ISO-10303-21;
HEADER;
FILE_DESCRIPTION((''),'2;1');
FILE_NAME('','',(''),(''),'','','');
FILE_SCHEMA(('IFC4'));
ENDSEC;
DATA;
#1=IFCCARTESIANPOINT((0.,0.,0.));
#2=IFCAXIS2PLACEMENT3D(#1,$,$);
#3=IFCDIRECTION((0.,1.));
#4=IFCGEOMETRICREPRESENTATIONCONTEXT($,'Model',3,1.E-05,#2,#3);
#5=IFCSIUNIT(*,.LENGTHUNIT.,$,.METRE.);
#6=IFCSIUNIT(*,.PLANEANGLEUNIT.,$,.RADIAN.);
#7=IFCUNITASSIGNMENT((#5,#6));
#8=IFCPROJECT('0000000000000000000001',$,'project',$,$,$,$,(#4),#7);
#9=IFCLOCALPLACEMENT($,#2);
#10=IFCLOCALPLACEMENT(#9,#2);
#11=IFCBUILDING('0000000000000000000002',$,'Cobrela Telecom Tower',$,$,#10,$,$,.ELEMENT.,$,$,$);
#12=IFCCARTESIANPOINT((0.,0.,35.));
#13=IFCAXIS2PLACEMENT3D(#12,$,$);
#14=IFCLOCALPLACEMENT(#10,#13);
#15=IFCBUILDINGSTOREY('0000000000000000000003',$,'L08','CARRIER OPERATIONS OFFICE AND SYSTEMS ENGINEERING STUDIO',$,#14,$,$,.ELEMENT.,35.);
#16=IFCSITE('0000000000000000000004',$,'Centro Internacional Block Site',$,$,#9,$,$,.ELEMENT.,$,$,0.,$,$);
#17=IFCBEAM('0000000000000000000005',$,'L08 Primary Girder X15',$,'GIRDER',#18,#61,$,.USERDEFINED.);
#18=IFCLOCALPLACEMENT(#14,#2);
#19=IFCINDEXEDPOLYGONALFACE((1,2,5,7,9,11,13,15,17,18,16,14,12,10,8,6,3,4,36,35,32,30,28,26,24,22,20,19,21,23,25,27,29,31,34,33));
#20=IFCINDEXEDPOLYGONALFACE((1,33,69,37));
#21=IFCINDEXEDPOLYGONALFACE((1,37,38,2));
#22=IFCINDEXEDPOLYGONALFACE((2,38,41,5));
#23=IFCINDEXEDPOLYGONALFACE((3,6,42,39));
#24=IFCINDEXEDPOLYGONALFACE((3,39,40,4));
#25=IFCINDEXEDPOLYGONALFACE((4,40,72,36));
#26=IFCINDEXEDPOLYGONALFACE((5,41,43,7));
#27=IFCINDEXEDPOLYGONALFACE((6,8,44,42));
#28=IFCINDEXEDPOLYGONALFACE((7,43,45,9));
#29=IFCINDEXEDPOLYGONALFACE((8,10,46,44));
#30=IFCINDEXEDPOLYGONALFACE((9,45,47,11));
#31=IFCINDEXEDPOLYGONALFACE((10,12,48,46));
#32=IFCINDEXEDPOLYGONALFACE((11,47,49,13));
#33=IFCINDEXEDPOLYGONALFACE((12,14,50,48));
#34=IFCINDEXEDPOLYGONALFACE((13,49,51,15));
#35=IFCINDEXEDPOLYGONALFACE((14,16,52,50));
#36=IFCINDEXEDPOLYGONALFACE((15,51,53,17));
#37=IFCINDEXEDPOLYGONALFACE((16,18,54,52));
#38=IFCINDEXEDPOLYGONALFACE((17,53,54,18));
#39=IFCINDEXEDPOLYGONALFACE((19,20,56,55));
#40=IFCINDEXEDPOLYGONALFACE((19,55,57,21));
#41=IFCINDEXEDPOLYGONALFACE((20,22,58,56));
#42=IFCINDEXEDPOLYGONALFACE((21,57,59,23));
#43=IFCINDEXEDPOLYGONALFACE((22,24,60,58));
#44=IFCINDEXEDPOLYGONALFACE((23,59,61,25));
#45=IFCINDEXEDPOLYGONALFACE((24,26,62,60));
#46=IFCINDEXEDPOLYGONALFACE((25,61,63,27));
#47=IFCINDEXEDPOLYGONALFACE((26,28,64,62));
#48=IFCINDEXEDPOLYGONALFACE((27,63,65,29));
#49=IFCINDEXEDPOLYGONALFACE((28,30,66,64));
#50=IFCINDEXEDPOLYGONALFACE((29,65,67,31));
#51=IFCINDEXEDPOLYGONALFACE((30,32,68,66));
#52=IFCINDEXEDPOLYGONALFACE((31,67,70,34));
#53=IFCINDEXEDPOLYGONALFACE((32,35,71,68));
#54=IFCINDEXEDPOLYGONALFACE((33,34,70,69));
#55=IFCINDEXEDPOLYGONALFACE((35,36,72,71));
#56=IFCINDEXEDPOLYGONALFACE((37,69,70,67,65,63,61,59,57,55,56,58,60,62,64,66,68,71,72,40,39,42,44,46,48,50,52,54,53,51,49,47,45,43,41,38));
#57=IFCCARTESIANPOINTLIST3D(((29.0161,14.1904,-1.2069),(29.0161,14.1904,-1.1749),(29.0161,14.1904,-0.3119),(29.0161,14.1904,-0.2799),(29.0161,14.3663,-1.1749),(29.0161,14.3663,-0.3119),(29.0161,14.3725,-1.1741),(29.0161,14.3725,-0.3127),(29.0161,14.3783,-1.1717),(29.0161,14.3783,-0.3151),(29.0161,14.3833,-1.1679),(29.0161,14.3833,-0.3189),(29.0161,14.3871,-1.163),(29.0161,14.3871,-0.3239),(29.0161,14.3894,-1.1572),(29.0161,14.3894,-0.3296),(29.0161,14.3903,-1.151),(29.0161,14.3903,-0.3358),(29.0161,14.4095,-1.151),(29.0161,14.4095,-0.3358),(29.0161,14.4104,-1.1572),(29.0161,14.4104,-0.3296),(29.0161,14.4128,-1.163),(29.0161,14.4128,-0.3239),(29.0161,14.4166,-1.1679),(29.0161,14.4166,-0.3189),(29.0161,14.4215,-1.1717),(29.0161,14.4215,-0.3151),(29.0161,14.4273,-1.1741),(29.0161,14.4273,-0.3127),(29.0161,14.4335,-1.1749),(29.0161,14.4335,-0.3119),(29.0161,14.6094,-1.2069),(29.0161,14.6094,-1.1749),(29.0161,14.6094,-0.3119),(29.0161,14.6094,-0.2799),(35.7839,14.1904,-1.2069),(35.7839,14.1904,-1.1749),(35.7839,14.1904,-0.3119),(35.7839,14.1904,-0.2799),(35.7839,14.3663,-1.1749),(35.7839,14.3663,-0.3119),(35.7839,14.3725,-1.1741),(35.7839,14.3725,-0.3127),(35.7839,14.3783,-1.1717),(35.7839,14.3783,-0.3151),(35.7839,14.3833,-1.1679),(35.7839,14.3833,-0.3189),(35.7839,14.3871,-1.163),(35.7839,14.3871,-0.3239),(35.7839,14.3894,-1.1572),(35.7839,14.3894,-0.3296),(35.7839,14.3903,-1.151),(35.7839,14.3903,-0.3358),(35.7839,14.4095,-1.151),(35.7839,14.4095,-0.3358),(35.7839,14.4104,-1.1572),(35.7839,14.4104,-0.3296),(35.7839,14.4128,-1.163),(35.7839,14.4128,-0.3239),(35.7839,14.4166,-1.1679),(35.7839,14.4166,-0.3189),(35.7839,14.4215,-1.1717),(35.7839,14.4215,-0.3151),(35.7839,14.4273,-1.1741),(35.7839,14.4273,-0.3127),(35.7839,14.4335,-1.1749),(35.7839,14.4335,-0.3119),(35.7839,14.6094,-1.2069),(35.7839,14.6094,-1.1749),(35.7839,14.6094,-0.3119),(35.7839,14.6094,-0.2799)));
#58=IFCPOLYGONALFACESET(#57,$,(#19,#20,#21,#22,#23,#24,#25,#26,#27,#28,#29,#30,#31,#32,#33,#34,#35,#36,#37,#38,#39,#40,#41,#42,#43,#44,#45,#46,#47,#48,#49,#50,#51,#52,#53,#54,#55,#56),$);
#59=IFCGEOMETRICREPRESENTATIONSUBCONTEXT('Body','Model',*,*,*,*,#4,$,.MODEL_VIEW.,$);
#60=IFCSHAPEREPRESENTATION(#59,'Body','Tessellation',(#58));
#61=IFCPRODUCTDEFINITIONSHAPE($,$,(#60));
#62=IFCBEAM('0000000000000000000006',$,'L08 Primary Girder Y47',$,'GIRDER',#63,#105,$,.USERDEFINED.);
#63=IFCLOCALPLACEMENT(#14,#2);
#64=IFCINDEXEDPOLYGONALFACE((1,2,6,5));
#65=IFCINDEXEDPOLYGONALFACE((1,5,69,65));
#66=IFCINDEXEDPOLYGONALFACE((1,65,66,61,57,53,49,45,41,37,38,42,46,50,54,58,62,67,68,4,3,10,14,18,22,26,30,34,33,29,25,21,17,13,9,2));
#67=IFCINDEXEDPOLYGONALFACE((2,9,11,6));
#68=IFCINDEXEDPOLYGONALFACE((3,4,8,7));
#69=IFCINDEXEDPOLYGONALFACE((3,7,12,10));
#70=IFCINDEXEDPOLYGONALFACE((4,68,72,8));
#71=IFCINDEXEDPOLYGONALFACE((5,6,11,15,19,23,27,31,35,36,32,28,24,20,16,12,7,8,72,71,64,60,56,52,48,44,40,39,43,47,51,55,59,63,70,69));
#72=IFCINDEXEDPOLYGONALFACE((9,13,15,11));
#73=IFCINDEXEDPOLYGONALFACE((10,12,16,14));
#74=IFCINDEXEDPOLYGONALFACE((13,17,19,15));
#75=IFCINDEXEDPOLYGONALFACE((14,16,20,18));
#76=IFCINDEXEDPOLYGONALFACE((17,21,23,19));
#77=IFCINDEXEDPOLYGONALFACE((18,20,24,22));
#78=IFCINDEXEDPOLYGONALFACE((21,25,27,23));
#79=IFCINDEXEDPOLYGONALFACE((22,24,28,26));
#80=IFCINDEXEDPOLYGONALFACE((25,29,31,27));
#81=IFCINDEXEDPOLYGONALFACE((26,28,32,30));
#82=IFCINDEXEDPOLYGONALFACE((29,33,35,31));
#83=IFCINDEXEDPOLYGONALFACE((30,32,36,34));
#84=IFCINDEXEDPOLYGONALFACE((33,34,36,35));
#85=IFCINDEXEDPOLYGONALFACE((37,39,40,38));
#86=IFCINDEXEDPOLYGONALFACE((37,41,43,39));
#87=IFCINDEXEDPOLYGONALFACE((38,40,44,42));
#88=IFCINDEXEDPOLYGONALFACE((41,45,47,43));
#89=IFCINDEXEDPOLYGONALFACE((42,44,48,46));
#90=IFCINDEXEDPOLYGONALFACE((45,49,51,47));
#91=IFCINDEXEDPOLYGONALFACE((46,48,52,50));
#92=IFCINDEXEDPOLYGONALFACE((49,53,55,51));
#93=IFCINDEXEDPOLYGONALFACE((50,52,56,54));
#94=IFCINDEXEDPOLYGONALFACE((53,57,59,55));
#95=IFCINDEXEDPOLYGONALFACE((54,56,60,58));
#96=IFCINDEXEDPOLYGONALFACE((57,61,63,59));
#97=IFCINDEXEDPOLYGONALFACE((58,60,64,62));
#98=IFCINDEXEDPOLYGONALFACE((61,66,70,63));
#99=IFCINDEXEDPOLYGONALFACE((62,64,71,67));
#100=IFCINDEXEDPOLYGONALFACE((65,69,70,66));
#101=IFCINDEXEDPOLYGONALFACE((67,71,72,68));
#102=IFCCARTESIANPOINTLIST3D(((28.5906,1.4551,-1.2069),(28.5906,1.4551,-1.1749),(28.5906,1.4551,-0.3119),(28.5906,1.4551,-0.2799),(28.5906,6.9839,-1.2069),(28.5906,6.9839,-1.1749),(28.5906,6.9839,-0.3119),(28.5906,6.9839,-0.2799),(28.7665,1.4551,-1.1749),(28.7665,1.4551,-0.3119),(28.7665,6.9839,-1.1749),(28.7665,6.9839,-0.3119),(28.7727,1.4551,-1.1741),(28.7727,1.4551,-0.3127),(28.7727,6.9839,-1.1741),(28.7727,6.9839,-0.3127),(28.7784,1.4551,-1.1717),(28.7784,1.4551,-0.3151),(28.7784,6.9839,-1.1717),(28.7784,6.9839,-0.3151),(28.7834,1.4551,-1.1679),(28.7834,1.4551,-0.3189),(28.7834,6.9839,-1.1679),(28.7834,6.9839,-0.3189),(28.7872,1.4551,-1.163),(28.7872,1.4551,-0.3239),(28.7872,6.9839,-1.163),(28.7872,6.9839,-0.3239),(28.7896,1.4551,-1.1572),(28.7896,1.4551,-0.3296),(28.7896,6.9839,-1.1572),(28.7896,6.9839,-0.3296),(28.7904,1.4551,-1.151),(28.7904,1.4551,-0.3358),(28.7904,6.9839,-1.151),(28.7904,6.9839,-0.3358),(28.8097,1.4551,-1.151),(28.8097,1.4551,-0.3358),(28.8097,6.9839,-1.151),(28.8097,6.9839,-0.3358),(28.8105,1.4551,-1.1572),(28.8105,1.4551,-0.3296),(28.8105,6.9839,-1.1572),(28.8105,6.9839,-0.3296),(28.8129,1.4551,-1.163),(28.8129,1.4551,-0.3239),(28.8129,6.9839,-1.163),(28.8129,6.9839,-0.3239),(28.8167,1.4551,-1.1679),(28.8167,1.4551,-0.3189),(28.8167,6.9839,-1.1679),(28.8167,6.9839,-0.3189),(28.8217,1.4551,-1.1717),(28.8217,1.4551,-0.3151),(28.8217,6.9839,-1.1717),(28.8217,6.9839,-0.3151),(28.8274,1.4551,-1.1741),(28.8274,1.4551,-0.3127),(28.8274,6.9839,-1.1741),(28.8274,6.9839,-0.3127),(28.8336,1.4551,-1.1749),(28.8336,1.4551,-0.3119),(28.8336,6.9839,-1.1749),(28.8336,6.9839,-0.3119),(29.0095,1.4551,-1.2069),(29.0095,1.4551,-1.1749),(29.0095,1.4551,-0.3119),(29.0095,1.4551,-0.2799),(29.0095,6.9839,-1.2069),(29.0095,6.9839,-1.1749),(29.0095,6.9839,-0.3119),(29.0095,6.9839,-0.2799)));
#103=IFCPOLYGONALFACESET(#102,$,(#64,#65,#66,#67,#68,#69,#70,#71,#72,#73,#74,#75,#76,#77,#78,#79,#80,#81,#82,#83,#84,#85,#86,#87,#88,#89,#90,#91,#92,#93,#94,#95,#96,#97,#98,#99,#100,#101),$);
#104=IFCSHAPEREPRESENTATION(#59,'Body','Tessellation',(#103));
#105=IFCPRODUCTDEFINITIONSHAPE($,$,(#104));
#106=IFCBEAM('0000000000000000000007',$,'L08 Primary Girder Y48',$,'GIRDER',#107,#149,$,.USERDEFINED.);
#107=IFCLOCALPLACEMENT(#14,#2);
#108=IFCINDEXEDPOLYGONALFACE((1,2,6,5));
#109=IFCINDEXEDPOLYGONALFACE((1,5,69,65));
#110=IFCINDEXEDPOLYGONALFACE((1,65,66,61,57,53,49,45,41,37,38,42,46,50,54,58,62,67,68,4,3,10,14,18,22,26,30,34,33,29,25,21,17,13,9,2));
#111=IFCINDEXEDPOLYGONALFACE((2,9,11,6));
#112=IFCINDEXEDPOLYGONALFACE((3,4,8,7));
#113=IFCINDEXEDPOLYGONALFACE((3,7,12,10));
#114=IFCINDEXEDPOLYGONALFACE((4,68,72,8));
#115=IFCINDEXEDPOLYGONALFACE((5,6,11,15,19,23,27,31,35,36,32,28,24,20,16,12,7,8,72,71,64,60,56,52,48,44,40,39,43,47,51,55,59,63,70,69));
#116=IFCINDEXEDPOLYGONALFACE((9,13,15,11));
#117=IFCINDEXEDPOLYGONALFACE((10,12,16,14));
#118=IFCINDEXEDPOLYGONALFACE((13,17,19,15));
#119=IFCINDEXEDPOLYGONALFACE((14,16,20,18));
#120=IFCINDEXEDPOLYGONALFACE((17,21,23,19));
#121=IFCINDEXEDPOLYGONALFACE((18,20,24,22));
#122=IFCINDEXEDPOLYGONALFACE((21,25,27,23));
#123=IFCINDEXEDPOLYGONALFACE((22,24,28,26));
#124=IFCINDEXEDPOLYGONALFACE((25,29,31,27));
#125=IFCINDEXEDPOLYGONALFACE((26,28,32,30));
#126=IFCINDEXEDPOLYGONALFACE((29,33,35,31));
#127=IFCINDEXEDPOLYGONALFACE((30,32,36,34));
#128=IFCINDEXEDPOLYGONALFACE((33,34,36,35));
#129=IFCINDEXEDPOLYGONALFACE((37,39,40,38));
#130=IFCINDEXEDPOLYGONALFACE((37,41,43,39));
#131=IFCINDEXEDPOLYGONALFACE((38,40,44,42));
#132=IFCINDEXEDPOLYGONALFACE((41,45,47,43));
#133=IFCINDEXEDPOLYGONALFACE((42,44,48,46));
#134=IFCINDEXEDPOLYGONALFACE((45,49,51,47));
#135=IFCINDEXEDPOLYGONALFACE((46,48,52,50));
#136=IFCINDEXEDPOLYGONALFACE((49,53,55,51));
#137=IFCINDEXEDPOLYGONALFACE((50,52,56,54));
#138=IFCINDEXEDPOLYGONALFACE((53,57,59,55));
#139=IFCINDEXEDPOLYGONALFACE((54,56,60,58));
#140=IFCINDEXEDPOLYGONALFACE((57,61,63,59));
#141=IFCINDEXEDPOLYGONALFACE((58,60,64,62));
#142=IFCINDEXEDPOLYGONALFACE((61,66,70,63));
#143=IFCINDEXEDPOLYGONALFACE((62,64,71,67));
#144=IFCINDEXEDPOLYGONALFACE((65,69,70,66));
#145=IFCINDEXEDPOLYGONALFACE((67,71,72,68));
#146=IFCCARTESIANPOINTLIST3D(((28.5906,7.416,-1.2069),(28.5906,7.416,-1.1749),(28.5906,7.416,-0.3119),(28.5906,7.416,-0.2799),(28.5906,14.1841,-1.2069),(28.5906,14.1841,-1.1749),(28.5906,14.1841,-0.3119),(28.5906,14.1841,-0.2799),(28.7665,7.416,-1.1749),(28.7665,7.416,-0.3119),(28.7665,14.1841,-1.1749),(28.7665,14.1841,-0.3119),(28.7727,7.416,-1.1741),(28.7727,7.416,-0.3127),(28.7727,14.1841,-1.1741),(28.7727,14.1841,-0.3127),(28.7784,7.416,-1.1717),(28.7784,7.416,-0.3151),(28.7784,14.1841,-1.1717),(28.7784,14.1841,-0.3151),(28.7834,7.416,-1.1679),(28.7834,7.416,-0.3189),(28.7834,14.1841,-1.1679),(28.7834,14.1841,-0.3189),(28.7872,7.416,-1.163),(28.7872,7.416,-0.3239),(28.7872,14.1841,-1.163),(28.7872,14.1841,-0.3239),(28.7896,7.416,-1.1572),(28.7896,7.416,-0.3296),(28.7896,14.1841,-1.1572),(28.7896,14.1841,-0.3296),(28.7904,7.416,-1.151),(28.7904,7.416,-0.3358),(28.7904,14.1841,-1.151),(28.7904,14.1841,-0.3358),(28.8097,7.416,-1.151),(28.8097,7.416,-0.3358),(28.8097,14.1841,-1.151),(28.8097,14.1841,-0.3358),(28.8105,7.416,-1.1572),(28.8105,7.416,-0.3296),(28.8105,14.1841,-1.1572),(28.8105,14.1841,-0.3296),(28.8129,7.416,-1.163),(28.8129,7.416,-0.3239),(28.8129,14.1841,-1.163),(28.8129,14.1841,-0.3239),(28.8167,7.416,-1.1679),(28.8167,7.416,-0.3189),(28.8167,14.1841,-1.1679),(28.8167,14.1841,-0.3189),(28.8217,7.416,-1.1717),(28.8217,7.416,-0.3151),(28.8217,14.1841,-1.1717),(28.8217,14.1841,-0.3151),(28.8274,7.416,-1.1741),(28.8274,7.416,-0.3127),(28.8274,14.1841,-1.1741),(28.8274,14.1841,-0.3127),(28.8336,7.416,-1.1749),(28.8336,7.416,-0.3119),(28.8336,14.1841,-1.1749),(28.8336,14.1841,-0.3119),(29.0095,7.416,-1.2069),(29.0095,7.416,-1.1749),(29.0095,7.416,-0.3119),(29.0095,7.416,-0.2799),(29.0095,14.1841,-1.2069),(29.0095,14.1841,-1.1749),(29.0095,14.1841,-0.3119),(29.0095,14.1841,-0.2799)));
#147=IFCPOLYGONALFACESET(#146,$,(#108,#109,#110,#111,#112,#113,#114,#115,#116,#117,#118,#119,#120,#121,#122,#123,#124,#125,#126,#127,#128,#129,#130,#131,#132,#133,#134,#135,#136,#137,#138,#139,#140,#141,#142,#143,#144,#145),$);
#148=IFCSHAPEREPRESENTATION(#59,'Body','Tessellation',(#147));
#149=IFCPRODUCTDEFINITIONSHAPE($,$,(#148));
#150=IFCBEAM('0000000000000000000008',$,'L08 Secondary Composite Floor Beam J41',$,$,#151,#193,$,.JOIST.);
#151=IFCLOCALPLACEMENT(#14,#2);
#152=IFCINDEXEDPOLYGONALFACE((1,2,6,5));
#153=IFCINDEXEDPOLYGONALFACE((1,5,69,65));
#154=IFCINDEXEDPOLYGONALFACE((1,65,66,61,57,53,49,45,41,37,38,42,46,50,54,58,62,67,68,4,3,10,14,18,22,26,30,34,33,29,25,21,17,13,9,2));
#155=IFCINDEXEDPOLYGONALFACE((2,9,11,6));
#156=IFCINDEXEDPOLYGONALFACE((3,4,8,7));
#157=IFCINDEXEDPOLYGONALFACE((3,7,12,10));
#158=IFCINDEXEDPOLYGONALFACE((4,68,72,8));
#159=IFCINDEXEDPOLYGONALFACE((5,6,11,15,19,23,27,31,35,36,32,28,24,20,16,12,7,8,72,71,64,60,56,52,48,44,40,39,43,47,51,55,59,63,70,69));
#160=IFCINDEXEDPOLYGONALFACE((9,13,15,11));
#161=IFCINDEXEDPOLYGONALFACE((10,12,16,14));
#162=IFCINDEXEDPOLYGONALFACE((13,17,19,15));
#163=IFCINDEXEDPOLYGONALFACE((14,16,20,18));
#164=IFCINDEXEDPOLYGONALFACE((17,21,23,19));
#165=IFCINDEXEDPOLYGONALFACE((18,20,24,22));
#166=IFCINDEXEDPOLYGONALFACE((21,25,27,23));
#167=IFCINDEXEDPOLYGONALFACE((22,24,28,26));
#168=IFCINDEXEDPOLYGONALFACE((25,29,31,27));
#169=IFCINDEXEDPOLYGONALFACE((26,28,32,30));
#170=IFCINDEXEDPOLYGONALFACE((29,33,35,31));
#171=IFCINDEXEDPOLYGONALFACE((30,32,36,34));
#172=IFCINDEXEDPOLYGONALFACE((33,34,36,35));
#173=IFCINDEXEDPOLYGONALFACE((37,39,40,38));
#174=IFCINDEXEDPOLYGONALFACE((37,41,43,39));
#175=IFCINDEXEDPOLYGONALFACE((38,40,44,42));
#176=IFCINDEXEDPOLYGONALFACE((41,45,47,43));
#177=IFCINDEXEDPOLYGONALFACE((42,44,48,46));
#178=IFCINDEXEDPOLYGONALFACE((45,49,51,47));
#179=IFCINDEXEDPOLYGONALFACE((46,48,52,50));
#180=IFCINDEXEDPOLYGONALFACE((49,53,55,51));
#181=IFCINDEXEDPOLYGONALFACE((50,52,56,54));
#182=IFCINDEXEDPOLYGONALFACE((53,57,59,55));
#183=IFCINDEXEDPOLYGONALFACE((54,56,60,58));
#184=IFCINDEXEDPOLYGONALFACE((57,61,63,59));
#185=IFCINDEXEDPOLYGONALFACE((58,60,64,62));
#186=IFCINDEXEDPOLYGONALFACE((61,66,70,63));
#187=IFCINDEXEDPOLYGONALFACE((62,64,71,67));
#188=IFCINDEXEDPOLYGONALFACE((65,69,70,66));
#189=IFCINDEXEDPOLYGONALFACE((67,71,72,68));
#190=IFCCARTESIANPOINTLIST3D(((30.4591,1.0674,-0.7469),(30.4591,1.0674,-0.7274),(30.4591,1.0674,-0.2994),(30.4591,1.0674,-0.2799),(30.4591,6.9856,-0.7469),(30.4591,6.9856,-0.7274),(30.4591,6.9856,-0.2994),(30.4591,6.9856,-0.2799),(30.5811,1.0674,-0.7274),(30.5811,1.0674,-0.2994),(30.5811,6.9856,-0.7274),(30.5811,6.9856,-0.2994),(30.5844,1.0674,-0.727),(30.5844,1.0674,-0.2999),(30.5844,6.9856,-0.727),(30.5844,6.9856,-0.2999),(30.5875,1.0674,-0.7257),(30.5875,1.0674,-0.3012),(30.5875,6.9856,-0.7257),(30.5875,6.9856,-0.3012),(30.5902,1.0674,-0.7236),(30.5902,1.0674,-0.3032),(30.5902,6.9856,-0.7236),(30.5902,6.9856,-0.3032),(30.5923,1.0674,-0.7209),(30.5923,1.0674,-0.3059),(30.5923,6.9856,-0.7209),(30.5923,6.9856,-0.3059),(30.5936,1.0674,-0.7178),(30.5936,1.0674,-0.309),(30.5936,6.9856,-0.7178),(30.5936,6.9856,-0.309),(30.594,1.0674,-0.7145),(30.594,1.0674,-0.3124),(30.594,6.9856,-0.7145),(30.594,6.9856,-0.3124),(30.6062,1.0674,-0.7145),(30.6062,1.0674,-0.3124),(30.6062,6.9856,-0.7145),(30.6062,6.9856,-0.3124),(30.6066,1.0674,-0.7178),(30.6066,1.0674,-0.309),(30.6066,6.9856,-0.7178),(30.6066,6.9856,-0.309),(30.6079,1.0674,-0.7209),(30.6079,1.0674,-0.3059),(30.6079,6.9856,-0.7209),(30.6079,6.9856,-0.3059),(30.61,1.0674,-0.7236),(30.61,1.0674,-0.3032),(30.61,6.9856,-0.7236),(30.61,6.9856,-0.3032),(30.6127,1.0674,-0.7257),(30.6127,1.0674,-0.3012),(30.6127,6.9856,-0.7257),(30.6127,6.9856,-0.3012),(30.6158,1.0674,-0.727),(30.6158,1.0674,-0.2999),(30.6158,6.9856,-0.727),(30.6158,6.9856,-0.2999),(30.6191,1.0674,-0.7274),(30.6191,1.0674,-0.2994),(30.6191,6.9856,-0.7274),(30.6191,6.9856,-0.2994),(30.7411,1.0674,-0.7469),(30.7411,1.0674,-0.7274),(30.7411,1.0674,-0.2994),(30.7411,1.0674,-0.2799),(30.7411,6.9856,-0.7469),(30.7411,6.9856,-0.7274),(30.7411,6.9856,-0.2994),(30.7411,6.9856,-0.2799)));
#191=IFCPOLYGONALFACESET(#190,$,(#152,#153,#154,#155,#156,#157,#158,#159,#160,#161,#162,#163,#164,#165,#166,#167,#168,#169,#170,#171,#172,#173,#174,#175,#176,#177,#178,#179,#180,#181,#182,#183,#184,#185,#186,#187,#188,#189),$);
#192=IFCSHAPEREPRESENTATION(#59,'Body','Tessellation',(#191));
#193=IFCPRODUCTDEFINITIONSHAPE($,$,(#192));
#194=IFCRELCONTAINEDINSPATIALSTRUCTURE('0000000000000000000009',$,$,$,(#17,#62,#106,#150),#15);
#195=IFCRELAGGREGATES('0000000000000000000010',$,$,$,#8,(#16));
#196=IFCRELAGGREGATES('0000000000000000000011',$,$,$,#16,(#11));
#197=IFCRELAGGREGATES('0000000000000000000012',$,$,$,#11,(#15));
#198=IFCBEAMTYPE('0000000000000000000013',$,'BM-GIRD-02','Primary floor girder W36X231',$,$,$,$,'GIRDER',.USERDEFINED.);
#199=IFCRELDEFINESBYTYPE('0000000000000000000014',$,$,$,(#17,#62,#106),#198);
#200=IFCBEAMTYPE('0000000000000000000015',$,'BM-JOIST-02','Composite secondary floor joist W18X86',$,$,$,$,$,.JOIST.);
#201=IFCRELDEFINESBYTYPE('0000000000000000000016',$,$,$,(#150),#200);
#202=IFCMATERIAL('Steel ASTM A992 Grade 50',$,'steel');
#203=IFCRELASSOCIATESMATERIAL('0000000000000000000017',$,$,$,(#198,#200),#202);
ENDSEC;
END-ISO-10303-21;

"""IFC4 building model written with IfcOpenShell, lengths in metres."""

from ifc_helpers import new_model, si_unit, direction, frame, origin, origin_2d, place, context, subcontext, project, spatial, i_section, extrude, material, material_profile, profile_set, type_object, element, save


model = new_model("IFC4")

# Units and contexts
model_context = context("Model", 3, precision=1e-05, world=origin(), true_north=direction((0.0, 1.0)))
body_context = subcontext(model_context, "Body", "Model", "MODEL_VIEW")
ifc_project = project(units=[si_unit("LENGTHUNIT", "METRE"), si_unit("PLANEANGLEUNIT", "RADIAN")], contexts=[model_context])

# Site, building, storey
site_placement = place(None, origin())
site = spatial("IfcSite", under=ifc_project, at=site_placement, Name="Centro Internacional Block Site", CompositionType="ELEMENT", RefElevation=0.0)
building_placement = place(site_placement, origin())
building = spatial("IfcBuilding", under=site, at=building_placement, Name="Cobrela Telecom Tower", CompositionType="ELEMENT")
storey_placement = place(building_placement, frame((0.0, 0.0, 35.0)))
storey = spatial("IfcBuildingStorey", under=building, at=storey_placement, Name="L08", Description="CARRIER OPERATIONS OFFICE AND SYSTEMS ENGINEERING STUDIO", CompositionType="ELEMENT", Elevation=35.0)

# Shared definitions
ifc_material_1 = material(Name="Steel ASTM A992 Grade 50", Category="steel")

# Beams
ifc_material_profile_1 = material_profile(ifc_material_1, i_section(OverallWidth=0.4189, OverallDepth=0.927, WebThickness=0.0193, FlangeThickness=0.032, FilletRadius=0.0239, at=origin_2d()), Name="W36X231")
ifc_profile_set_1 = profile_set([ifc_material_profile_1], Name="Steel ASTM A992 Grade 50")
beam_type_1 = type_object("IfcBeamType", Name="BM-GIRD-02", Description="Primary floor girder W36X231", ElementType="GIRDER", PredefinedType="USERDEFINED", material=ifc_profile_set_1)
for number, where, z_axis, x_axis, name in (
    (1, (29.0161, 14.3999, -0.7434), (1.0, 0.0, 0.0), (0.0, 1.0, 0.0), "L08 Primary Girder X15"),
):
    element("IfcBeam", number, at=place(storey_placement, frame(where, z_axis=z_axis, x_axis=x_axis)), inside=storey, type_object=beam_type_1, Name=name, ObjectType="GIRDER", PredefinedType="USERDEFINED", context=body_context, shape_type="SweptSolid", body=[
        extrude(i_section(OverallWidth=0.4189, OverallDepth=0.927, WebThickness=0.0193, FlangeThickness=0.032, FilletRadius=0.0239, at=origin_2d()), origin(), (0.0, 0.0, 1.0), 6.7678),
    ])
beam_1_placement = place(storey_placement, frame((28.8, 1.4551, -0.7434), z_axis=(0.0, 1.0, 0.0), x_axis=(-1.0, 0.0, 0.0)))
element("IfcBeam", 2, at=beam_1_placement, inside=storey, type_object=beam_type_1, Name="L08 Primary Girder Y47", ObjectType="GIRDER", PredefinedType="USERDEFINED", context=body_context, shape_type="SweptSolid", body=[
    extrude(i_section(OverallWidth=0.4189, OverallDepth=0.927, WebThickness=0.0193, FlangeThickness=0.032, FilletRadius=0.0239, at=origin_2d()), origin(), (0.0, 0.0, 1.0), 5.5288),
])
beam_2_placement = place(storey_placement, frame((28.8, 7.416, -0.7434), z_axis=(0.0, 1.0, 0.0), x_axis=(-1.0, 0.0, 0.0)))
element("IfcBeam", 3, at=beam_2_placement, inside=storey, type_object=beam_type_1, Name="L08 Primary Girder Y48", ObjectType="GIRDER", PredefinedType="USERDEFINED", context=body_context, shape_type="SweptSolid", body=[
    extrude(i_section(OverallWidth=0.4189, OverallDepth=0.927, WebThickness=0.0193, FlangeThickness=0.032, FilletRadius=0.0239, at=origin_2d()), origin(), (0.0, 0.0, 1.0), 6.7681),
])
ifc_material_profile_2 = material_profile(ifc_material_1, i_section(OverallWidth=0.282, OverallDepth=0.467, WebThickness=0.0122, FlangeThickness=0.0195, FilletRadius=0.0129, at=origin_2d()), Name="W18X86")
ifc_profile_set_2 = profile_set([ifc_material_profile_2], Name="Steel ASTM A992 Grade 50")
beam_type_2 = type_object("IfcBeamType", Name="BM-JOIST-02", Description="Composite secondary floor joist W18X86", PredefinedType="JOIST", material=ifc_profile_set_2)
beam_3_placement = place(storey_placement, frame((30.6001, 1.0674, -0.5134), z_axis=(0.0, 1.0, 0.0), x_axis=(-1.0, 0.0, 0.0)))
element("IfcBeam", 4, at=beam_3_placement, inside=storey, type_object=beam_type_2, Name="L08 Secondary Composite Floor Beam J41", PredefinedType="JOIST", context=body_context, shape_type="SweptSolid", body=[
    extrude(i_section(OverallWidth=0.282, OverallDepth=0.467, WebThickness=0.0122, FlangeThickness=0.0195, FilletRadius=0.0129, at=origin_2d()), origin(), (0.0, 0.0, 1.0), 5.9182),
])

save(model, "model.ifc")
